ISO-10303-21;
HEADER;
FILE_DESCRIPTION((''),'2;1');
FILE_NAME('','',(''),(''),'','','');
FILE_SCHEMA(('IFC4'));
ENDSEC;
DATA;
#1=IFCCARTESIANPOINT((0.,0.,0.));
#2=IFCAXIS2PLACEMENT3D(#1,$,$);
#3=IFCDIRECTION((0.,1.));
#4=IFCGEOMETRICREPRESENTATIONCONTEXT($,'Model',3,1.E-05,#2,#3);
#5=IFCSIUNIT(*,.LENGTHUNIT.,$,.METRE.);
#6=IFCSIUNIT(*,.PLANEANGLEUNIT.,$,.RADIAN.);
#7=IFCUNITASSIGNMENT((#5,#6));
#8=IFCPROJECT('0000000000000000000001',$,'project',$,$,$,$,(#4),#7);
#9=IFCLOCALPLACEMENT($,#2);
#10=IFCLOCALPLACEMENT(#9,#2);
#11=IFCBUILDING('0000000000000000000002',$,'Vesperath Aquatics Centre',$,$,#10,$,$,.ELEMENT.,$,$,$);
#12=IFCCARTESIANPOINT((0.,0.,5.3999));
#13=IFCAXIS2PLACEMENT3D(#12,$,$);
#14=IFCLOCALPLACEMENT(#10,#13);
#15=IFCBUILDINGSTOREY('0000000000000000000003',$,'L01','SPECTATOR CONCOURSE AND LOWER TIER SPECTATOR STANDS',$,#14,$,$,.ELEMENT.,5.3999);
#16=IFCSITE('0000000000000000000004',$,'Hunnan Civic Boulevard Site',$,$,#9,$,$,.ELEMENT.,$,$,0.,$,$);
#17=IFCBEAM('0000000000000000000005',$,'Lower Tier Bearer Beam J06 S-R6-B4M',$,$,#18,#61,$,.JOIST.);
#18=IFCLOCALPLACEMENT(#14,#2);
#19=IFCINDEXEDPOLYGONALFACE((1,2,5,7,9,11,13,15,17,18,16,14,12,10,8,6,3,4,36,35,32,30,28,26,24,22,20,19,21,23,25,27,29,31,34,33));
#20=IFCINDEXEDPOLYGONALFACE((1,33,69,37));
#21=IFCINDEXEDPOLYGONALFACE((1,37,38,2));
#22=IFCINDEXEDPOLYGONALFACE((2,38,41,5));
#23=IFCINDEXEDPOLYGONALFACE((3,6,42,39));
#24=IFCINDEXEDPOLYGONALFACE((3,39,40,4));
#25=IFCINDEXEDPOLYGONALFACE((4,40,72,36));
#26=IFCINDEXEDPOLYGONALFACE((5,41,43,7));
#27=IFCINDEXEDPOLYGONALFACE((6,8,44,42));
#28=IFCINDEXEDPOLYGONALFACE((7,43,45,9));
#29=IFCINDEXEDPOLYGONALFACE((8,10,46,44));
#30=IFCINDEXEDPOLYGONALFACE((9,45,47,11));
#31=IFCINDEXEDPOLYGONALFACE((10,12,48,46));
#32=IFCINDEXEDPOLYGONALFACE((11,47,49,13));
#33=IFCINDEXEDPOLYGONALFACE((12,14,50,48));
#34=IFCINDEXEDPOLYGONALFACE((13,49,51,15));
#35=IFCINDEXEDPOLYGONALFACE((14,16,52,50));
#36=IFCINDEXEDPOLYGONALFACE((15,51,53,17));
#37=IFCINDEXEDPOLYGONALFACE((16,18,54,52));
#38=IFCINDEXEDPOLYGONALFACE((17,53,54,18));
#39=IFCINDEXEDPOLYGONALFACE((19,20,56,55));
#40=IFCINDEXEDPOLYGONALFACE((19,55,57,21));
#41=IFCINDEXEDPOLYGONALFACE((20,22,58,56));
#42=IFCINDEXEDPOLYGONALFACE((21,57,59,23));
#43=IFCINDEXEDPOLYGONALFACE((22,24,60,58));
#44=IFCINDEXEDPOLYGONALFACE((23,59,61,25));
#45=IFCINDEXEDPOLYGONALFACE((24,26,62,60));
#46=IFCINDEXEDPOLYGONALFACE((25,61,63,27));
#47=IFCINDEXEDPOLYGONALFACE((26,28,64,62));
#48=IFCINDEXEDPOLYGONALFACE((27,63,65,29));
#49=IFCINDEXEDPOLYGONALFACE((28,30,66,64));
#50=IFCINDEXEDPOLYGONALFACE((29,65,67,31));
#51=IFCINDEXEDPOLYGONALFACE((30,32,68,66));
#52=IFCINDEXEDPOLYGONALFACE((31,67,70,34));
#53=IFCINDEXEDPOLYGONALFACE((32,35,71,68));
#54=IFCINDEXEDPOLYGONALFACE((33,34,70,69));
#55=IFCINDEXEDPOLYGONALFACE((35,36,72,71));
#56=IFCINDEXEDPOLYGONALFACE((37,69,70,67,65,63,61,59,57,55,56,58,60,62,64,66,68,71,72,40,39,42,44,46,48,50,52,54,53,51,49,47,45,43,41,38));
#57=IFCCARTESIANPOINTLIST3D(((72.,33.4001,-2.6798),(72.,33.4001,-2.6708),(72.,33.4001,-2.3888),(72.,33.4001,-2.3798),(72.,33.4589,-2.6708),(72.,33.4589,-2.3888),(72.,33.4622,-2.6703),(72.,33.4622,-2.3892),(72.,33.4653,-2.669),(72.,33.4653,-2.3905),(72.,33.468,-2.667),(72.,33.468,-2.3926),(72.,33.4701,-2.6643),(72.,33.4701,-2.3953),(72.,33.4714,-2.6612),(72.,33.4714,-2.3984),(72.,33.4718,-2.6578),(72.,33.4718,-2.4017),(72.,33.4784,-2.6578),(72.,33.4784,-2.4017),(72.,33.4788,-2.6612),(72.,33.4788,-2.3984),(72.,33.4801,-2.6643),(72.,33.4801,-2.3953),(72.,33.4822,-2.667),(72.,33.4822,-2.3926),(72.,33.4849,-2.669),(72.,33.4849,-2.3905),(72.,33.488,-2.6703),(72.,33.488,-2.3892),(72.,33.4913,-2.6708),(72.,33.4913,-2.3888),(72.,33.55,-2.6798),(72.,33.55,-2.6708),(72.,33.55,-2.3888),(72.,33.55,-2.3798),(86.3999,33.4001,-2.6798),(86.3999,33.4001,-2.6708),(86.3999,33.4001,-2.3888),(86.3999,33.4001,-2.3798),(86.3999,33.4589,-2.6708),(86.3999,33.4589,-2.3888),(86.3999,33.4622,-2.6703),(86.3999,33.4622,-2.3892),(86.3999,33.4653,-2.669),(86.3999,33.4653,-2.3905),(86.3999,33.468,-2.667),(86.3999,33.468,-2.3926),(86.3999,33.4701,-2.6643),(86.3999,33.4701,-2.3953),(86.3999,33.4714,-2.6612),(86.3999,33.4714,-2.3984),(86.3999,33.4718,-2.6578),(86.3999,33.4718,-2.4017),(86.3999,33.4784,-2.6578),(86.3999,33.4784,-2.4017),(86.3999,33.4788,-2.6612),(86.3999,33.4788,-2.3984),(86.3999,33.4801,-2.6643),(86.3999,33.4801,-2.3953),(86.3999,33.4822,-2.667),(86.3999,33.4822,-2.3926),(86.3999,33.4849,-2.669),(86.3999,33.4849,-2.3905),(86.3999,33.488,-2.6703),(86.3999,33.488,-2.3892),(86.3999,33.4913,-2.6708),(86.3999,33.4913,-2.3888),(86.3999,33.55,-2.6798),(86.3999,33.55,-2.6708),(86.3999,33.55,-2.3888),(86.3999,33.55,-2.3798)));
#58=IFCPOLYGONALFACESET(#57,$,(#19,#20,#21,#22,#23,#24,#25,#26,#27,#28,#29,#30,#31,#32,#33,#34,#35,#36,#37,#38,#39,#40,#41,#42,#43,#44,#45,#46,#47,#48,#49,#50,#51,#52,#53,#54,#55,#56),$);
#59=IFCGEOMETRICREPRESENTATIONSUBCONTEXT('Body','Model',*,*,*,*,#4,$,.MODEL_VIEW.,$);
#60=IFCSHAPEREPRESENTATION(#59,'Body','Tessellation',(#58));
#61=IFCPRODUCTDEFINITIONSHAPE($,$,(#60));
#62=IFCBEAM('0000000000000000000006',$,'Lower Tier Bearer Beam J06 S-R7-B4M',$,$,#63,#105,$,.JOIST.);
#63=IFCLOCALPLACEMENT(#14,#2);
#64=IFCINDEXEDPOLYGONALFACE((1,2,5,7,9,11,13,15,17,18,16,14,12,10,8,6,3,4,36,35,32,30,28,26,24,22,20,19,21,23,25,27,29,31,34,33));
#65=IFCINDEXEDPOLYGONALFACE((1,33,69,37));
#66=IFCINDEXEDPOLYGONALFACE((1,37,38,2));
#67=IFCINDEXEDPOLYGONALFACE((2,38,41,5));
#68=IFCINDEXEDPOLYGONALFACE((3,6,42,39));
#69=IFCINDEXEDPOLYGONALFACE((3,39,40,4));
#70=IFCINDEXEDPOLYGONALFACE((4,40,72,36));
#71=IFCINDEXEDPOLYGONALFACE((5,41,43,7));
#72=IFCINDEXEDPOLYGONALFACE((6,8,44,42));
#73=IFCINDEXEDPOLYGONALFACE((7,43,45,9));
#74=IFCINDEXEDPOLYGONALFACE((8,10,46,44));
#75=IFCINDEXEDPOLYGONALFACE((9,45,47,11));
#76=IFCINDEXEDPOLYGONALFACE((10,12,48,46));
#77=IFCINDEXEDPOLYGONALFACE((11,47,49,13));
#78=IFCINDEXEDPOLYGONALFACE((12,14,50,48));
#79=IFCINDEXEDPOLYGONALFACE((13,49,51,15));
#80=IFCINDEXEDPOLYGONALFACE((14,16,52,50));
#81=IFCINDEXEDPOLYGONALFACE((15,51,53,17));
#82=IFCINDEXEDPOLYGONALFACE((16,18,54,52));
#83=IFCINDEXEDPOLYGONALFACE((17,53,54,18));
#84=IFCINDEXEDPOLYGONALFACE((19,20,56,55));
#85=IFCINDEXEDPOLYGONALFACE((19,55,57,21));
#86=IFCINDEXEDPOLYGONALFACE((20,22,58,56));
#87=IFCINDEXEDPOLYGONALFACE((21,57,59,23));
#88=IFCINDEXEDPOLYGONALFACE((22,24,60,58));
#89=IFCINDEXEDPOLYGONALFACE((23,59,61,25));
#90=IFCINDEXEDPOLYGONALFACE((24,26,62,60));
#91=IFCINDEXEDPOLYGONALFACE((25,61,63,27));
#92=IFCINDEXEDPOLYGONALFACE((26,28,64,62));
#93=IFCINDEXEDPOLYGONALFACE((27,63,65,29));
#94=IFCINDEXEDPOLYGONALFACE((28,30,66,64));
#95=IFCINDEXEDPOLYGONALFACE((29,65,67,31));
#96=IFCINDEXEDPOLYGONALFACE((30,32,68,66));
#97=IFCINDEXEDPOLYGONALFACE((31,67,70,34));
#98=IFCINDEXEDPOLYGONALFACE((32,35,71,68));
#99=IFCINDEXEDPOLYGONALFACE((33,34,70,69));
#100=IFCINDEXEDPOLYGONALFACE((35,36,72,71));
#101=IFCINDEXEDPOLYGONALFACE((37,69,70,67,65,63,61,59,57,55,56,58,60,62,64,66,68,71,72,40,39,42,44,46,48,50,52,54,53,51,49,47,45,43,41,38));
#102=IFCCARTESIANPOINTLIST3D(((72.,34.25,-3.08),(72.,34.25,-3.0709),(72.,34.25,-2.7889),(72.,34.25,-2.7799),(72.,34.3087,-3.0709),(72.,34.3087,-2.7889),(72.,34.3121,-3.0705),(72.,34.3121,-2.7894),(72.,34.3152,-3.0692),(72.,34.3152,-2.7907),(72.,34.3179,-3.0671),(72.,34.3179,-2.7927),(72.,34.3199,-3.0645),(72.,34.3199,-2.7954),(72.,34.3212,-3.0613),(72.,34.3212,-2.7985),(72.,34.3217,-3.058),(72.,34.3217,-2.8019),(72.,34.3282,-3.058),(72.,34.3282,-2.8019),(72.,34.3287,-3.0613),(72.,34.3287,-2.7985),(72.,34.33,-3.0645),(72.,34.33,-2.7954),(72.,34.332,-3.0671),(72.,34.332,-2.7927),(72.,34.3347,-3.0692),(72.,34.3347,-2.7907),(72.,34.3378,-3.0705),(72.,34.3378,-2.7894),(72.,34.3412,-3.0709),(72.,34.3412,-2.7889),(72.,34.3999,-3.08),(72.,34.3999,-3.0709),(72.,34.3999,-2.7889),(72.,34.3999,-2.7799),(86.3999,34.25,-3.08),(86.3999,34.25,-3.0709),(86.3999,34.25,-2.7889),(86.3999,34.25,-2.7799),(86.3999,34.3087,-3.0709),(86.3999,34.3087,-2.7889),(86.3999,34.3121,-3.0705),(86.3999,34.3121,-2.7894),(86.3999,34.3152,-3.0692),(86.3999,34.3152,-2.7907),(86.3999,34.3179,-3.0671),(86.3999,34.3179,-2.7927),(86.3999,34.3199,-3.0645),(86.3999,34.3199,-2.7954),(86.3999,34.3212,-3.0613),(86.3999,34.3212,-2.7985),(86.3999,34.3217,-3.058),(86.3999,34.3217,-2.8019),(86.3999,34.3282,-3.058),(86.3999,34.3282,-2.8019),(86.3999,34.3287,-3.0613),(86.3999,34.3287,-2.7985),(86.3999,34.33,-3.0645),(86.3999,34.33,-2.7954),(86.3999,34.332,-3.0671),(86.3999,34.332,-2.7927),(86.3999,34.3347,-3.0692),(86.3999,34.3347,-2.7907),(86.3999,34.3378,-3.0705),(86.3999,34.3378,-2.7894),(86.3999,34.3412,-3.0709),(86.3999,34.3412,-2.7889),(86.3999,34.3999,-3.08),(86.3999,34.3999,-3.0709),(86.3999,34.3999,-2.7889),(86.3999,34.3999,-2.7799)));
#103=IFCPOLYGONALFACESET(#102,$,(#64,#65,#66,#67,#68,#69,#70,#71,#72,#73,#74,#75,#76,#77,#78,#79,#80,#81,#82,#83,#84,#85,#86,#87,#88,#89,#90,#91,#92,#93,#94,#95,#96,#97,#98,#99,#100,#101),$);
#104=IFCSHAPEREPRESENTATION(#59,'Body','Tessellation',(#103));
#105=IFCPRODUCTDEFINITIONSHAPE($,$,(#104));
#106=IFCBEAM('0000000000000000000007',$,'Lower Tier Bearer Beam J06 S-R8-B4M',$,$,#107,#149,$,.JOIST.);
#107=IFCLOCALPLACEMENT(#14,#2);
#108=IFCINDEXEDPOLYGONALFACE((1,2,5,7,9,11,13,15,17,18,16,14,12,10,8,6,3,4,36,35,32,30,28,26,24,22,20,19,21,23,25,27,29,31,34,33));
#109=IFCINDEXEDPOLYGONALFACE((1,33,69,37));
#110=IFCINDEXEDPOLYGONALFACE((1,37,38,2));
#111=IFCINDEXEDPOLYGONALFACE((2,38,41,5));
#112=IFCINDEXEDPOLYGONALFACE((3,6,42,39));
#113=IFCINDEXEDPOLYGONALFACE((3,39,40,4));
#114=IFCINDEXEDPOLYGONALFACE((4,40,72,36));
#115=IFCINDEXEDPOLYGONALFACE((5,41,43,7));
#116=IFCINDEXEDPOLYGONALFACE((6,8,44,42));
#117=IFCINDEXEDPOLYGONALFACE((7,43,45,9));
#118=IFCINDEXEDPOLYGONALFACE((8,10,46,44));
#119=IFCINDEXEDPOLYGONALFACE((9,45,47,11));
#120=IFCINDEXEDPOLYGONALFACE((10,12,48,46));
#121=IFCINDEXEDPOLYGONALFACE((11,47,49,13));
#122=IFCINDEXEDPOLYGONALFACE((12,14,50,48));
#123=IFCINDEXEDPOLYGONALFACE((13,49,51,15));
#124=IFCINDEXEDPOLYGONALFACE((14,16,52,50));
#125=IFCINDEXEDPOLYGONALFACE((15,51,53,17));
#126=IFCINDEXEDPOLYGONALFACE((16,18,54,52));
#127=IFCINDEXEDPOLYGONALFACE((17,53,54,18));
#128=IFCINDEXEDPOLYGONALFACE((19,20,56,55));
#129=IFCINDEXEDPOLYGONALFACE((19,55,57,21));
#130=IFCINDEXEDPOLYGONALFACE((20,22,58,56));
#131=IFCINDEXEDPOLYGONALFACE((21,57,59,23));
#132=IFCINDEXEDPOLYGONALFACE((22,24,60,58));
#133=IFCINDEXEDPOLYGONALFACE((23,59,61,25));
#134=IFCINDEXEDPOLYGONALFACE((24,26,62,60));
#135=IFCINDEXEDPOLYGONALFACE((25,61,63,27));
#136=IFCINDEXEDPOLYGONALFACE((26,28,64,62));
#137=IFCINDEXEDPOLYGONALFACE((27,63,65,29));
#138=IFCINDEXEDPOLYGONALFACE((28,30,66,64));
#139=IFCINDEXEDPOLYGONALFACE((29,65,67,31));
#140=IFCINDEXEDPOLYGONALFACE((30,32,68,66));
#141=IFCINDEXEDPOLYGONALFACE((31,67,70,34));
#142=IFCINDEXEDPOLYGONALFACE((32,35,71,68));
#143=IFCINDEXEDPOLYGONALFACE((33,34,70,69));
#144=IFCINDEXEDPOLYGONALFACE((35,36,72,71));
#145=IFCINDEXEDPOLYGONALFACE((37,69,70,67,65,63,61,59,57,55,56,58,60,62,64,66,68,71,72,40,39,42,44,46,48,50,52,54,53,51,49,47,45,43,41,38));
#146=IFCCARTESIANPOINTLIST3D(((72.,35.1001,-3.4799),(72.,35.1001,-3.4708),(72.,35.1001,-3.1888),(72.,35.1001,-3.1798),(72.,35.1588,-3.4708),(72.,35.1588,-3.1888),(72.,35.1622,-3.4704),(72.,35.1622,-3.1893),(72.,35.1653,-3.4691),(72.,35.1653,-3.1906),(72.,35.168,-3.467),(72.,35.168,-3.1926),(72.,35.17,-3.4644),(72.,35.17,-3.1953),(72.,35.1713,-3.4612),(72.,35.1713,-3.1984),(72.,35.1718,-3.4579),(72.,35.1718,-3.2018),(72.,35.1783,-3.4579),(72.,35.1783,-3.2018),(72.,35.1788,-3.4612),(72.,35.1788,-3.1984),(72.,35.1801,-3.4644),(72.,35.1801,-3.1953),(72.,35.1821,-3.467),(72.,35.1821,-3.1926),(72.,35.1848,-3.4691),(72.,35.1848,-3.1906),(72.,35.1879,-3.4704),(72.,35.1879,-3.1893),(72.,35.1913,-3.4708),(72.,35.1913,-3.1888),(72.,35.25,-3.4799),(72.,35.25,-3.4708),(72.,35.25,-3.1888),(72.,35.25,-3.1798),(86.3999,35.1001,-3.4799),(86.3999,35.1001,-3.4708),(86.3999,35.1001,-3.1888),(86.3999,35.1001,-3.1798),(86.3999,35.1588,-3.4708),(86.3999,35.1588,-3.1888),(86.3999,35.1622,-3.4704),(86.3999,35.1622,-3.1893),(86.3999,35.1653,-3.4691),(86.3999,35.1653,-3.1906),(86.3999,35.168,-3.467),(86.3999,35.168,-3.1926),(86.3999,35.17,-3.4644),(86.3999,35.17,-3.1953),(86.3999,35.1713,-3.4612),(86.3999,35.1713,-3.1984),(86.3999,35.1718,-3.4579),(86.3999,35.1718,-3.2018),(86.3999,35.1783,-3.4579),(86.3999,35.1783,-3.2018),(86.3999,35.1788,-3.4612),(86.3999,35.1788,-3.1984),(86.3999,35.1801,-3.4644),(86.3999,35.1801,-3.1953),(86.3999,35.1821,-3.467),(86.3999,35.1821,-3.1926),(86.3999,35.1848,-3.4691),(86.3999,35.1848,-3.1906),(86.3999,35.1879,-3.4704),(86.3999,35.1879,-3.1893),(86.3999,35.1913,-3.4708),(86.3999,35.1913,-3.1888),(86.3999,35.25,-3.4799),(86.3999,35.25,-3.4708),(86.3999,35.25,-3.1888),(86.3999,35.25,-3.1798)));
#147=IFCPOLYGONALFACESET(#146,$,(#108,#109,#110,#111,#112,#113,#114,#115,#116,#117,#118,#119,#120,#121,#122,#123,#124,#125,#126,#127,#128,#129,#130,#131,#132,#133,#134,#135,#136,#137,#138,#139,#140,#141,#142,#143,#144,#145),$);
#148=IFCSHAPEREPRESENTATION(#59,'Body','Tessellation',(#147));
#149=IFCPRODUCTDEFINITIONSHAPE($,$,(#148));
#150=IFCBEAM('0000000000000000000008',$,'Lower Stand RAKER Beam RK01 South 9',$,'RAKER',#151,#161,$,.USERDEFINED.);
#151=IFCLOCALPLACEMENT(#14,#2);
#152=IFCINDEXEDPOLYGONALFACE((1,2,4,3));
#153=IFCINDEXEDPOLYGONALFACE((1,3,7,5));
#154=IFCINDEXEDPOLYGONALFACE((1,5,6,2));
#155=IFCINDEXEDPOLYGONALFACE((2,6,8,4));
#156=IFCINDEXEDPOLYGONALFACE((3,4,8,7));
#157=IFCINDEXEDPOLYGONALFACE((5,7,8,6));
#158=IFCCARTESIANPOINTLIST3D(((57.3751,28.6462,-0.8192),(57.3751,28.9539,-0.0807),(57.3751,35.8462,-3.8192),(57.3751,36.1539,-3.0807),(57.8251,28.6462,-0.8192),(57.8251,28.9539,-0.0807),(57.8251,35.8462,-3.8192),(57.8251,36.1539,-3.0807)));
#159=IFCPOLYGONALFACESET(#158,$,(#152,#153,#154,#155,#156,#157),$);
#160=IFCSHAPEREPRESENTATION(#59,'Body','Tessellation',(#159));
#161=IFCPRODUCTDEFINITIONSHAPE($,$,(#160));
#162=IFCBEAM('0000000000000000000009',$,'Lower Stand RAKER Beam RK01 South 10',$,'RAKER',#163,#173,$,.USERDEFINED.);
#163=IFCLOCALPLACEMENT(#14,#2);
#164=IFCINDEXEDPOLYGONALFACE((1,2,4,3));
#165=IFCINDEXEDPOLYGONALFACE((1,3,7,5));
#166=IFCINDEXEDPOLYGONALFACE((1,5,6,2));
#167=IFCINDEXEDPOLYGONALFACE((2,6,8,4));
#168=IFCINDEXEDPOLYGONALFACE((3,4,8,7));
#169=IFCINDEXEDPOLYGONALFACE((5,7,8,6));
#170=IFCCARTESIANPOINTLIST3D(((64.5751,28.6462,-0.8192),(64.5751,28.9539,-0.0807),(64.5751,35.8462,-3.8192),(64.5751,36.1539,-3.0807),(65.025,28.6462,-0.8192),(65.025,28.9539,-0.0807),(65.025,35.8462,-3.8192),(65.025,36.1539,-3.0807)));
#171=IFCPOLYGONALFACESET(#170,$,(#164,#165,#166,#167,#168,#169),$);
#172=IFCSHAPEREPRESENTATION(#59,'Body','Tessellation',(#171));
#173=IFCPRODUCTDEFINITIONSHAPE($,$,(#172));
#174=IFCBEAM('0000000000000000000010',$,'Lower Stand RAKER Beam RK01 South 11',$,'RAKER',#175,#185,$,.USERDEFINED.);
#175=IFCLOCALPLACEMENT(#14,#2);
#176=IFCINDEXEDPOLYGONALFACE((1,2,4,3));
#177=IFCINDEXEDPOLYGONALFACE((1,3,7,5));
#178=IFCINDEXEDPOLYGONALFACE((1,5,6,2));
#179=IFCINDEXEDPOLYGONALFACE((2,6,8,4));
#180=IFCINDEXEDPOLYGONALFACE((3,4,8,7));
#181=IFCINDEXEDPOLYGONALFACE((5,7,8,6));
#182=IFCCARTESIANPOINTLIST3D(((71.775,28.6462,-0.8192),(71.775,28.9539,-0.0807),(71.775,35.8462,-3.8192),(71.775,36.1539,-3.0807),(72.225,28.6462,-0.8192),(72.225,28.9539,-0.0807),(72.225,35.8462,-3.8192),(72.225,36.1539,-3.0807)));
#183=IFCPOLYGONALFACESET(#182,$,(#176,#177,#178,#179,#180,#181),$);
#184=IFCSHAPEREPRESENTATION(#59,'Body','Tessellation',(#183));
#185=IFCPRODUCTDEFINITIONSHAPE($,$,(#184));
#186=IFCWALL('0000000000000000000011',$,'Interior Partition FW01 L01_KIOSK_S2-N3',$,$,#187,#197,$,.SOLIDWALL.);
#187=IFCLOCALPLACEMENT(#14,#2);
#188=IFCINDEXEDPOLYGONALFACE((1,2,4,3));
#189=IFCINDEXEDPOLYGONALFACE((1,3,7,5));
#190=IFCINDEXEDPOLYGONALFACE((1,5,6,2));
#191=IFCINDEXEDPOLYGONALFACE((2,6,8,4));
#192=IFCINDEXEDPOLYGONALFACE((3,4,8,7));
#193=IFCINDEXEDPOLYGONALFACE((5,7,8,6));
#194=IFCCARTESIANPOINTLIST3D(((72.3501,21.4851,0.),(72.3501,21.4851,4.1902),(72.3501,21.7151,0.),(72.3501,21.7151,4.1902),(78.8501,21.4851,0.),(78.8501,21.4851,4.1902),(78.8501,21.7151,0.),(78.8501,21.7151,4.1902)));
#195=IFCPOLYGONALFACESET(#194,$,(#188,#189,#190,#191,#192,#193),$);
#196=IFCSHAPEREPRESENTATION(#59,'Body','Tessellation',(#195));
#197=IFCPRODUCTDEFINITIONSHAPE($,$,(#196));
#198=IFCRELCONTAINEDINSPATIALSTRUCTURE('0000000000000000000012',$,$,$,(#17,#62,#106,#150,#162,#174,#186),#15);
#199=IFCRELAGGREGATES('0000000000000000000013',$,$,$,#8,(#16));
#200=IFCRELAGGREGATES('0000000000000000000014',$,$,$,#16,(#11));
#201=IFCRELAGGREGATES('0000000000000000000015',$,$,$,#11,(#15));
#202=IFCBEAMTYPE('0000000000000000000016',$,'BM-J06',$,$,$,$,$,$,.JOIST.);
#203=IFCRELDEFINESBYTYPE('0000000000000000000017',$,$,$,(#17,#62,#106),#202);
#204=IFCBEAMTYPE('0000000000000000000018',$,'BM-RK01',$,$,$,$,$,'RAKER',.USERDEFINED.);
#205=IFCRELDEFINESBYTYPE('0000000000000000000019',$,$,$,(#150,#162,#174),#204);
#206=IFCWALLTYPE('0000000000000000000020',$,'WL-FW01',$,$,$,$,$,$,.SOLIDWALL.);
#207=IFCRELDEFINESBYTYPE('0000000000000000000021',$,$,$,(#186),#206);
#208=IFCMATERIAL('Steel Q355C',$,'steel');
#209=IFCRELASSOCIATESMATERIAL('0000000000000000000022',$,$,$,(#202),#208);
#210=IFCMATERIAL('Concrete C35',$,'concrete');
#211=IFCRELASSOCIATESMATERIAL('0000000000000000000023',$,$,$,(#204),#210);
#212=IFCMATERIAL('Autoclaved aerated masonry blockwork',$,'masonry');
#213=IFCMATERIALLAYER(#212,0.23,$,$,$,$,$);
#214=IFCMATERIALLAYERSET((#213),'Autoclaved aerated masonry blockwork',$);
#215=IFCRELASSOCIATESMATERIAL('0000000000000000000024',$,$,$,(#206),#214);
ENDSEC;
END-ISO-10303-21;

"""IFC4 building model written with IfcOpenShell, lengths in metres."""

from ifc_helpers import new_model, si_unit, direction, frame, frame_2d, origin, origin_2d, place, context, subcontext, project, spatial, rectangle, i_section, extrude, material, layer, layer_set, material_profile, profile_set, type_object, element, save


model = new_model("IFC4")

# Units and contexts
model_context = context("Model", 3, precision=1e-05, world=origin(), true_north=direction((0.0, 1.0)))
body_context = subcontext(model_context, "Body", "Model", "MODEL_VIEW")
ifc_project = project(units=[si_unit("LENGTHUNIT", "METRE"), si_unit("PLANEANGLEUNIT", "RADIAN")], contexts=[model_context])

# Site, building, storey
site_placement = place(None, origin())
site = spatial("IfcSite", under=ifc_project, at=site_placement, Name="Hunnan Civic Boulevard Site", CompositionType="ELEMENT", RefElevation=0.0)
building_placement = place(site_placement, origin())
building = spatial("IfcBuilding", under=site, at=building_placement, Name="Vesperath Aquatics Centre", CompositionType="ELEMENT")
storey_placement = place(building_placement, frame((0.0, 0.0, 5.3999)))
storey = spatial("IfcBuildingStorey", under=building, at=storey_placement, Name="L01", Description="SPECTATOR CONCOURSE AND LOWER TIER SPECTATOR STANDS", CompositionType="ELEMENT", Elevation=5.3999)

# Beams
ifc_material_1 = material(Name="Concrete C35", Category="concrete")
ifc_material_2 = material(Name="Steel Q355C", Category="steel")
ifc_material_profile_1 = material_profile(ifc_material_2, i_section(OverallWidth=0.1499, OverallDepth=0.3, WebThickness=0.0066, FlangeThickness=0.009, FilletRadius=0.0129, at=origin_2d()), Name="HN 300x150x6.5x9")
ifc_profile_set_1 = profile_set([ifc_material_profile_1], Name="Steel Q355C")
beam_type_1 = type_object("IfcBeamType", Name="BM-J06", PredefinedType="JOIST", material=ifc_profile_set_1)
for number, where, z_axis, x_axis, name in (
    (1, (72.0, 33.4751, -2.5298), (1.0, 0.0, 0.0), (0.0, 1.0, 0.0), "Lower Tier Bearer Beam J06 S-R6-B4M"),
    (2, (72.0, 34.325, -2.9299), (1.0, 0.0, 0.0), (0.0, 1.0, 0.0), "Lower Tier Bearer Beam J06 S-R7-B4M"),
    (3, (72.0, 35.175, -3.3298), (1.0, 0.0, 0.0), (0.0, 1.0, 0.0), "Lower Tier Bearer Beam J06 S-R8-B4M"),
):
    element("IfcBeam", number, at=place(storey_placement, frame(where, z_axis=z_axis, x_axis=x_axis)), inside=storey, type_object=beam_type_1, Name=name, PredefinedType="JOIST", context=body_context, shape_type="SweptSolid", body=[
        extrude(i_section(OverallWidth=0.1499, OverallDepth=0.3, WebThickness=0.0066, FlangeThickness=0.009, FilletRadius=0.0129, at=origin_2d()), origin(), (0.0, 0.0, 1.0), 14.3999),
    ])
ifc_material_profile_2 = material_profile(ifc_material_1, rectangle(XDim=0.45, YDim=0.8, at=origin_2d()), Name="RC 450x800")
ifc_profile_set_2 = profile_set([ifc_material_profile_2], Name="Concrete C35")
beam_type_2 = type_object("IfcBeamType", Name="BM-RK01", ElementType="RAKER", PredefinedType="USERDEFINED", material=ifc_profile_set_2)
for number, where, z_axis, x_axis, name in (
    (4, (57.6001, 28.8, -0.45), (0.0, 0.923076, -0.384618), (-1.0, 0.0, 0.0), "Lower Stand RAKER Beam RK01 South 9"),
    (5, (64.8, 28.8, -0.45), (0.0, 0.923076, -0.384618), (-1.0, 0.0, 0.0), "Lower Stand RAKER Beam RK01 South 10"),
    (6, (72.0, 28.8, -0.45), (0.0, 0.923076, -0.384618), (-1.0, 0.0, 0.0), "Lower Stand RAKER Beam RK01 South 11"),
):
    element("IfcBeam", number, at=place(storey_placement, frame(where, z_axis=z_axis, x_axis=x_axis)), inside=storey, type_object=beam_type_2, Name=name, ObjectType="RAKER", PredefinedType="USERDEFINED", context=body_context, shape_type="SweptSolid", body=[
        extrude(rectangle(XDim=0.45, YDim=0.8, at=origin_2d()), origin(), (0.0, 0.0, 1.0), 7.8),
    ])

# Wall
ifc_material_3 = material(Name="Autoclaved aerated masonry blockwork", Category="masonry")
ifc_layer_1 = layer(ifc_material_3, 0.23)
ifc_layer_set_1 = layer_set([ifc_layer_1], Name="Autoclaved aerated masonry blockwork")
wall_type_1 = type_object("IfcWallType", Name="WL-FW01", PredefinedType="SOLIDWALL", material=ifc_layer_set_1)
wall_1_placement = place(storey_placement, frame((72.3501, 21.6001, 0.0), z_axis=(0.0, 0.0, 1.0), x_axis=(1.0, 0.0, 0.0)))
element("IfcWall", 7, at=wall_1_placement, inside=storey, type_object=wall_type_1, Name="Interior Partition FW01 L01_KIOSK_S2-N3", PredefinedType="SOLIDWALL", context=body_context, shape_type="SweptSolid", body=[
    extrude(rectangle(XDim=6.5, YDim=0.23, at=frame_2d((3.25, 0.0))), origin(), (0.0, 0.0, 1.0), 4.1902),
])

save(model, "model.ifc")
